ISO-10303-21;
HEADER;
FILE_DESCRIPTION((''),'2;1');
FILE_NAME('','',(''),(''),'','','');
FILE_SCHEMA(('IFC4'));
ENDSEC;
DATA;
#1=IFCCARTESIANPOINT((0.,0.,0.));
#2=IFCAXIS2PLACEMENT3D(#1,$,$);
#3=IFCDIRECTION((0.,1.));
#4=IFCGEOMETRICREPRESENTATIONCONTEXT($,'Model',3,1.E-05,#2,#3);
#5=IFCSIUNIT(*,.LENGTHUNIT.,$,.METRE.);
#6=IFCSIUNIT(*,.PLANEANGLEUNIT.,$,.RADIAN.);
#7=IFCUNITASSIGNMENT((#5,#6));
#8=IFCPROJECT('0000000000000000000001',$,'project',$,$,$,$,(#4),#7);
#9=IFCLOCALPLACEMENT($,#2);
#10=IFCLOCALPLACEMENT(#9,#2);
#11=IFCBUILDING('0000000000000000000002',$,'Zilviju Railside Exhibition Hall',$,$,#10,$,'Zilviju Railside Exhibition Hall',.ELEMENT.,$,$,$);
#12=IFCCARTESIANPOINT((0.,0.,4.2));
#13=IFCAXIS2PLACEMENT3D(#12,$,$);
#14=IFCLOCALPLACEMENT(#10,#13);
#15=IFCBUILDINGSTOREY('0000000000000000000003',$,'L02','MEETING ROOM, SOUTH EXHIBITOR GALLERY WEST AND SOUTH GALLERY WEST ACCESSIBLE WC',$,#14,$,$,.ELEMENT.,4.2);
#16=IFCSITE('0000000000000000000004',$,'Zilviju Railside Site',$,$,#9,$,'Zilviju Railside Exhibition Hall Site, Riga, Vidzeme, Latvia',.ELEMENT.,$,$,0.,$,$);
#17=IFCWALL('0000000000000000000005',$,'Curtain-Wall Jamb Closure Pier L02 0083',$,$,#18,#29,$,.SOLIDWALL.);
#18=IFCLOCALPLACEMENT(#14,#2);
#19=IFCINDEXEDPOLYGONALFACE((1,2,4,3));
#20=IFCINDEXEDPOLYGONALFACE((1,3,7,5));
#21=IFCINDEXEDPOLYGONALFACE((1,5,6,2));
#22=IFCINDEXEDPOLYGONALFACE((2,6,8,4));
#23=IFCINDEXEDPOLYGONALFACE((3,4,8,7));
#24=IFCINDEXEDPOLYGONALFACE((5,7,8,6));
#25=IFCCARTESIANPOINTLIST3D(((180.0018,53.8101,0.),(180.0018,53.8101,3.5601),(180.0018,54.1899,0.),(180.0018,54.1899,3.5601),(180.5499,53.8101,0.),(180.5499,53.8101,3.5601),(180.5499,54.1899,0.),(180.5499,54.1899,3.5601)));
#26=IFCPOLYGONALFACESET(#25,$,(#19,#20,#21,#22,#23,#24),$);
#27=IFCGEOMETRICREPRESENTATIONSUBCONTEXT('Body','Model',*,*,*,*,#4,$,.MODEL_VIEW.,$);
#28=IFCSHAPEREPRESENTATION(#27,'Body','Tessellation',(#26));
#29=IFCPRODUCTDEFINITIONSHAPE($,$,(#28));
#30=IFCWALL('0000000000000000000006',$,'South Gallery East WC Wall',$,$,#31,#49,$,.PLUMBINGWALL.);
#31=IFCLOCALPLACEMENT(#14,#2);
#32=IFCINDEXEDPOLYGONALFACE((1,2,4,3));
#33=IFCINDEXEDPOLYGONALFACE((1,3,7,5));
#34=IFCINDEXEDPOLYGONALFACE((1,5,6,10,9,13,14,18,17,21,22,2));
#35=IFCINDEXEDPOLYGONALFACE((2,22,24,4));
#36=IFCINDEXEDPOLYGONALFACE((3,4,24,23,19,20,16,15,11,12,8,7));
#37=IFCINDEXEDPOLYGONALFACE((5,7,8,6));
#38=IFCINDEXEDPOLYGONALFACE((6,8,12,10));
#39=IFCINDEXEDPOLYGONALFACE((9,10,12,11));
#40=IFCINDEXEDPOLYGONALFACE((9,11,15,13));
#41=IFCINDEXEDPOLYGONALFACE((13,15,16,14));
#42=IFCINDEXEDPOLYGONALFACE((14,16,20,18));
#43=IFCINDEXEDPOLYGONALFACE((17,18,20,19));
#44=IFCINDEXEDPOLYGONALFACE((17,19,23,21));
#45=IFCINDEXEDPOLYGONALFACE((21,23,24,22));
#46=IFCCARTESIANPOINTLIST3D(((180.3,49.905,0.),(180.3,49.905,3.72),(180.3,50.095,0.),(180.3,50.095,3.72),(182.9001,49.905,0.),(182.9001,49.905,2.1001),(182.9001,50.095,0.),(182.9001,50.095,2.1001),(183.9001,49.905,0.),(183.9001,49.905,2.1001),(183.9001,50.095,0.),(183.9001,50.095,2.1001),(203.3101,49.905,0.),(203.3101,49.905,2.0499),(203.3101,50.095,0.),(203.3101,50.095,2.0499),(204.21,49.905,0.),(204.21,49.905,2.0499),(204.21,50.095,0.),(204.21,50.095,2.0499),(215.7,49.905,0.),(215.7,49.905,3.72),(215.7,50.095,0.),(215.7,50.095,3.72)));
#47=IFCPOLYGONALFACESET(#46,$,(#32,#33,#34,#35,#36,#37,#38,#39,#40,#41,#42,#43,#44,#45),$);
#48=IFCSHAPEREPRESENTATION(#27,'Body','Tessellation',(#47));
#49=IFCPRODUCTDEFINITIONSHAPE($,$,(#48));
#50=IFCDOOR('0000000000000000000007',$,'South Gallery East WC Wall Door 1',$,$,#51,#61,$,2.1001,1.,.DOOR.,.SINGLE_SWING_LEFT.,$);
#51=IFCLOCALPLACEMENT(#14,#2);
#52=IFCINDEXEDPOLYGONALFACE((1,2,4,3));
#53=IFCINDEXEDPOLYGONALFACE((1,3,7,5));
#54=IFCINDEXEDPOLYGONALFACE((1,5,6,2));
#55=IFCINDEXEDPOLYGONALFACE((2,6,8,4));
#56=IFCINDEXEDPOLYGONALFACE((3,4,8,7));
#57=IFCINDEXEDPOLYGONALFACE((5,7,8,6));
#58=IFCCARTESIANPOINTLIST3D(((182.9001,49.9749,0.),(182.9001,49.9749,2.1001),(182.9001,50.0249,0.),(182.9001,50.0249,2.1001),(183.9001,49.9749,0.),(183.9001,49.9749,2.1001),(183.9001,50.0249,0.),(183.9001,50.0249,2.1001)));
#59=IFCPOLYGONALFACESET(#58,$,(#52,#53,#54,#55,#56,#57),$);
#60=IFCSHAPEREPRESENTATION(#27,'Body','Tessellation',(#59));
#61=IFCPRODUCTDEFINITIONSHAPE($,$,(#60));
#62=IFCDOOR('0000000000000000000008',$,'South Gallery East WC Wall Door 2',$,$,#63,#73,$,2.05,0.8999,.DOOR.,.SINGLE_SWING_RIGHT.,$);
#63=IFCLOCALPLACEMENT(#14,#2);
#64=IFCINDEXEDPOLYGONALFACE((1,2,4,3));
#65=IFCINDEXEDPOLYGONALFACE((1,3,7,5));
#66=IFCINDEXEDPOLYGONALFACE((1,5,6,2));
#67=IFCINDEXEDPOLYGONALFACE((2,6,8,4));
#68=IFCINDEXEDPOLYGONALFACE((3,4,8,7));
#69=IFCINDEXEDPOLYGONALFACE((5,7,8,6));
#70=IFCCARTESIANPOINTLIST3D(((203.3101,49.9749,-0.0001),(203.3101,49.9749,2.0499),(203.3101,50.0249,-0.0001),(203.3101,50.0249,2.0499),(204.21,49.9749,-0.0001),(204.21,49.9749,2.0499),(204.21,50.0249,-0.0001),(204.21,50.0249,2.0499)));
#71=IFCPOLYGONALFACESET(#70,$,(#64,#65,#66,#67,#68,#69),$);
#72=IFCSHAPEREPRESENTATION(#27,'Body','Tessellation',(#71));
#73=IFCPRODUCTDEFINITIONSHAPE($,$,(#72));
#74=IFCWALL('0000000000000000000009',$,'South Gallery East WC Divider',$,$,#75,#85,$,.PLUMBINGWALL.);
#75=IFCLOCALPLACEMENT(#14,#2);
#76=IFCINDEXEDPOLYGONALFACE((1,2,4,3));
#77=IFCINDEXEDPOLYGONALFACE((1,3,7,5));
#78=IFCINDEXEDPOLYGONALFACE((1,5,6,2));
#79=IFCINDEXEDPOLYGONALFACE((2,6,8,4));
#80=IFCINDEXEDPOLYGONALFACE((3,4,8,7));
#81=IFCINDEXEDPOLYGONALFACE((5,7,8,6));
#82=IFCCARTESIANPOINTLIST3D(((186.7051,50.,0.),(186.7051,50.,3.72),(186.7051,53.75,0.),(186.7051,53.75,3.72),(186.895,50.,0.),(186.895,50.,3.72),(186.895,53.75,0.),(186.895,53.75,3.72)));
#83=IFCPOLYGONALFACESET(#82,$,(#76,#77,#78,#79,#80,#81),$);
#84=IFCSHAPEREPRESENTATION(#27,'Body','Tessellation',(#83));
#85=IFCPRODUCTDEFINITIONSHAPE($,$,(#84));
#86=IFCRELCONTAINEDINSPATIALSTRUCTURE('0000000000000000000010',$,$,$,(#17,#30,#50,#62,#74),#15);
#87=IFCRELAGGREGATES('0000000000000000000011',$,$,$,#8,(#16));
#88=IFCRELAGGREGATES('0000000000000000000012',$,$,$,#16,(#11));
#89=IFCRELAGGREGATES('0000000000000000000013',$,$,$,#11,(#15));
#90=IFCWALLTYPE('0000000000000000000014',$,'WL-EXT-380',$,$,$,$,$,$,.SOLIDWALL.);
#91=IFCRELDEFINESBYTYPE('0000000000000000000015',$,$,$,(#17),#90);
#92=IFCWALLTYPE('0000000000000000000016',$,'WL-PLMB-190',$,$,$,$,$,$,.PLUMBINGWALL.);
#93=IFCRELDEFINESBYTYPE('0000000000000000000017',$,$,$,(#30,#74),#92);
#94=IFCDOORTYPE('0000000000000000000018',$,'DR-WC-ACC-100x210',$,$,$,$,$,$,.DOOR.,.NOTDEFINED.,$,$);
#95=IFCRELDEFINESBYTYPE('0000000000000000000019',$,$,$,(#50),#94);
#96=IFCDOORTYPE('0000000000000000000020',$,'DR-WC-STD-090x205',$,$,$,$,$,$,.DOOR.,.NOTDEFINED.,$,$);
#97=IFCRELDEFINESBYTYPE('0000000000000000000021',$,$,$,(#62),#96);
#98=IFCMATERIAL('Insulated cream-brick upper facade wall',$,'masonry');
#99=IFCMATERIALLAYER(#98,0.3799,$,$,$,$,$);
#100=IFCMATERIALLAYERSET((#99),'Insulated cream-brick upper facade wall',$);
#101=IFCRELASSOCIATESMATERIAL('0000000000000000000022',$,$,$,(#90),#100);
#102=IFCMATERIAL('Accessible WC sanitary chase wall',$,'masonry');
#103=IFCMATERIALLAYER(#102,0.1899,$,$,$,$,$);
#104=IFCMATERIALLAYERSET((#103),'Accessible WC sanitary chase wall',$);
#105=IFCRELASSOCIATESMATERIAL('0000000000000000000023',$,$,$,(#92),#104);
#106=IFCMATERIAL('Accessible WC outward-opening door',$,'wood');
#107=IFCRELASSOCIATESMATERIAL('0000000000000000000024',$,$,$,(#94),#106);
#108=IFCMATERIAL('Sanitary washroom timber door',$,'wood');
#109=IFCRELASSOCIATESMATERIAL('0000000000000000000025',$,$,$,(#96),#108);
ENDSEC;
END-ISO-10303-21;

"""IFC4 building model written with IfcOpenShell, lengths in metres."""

from ifc_helpers import new_model, si_unit, direction, frame, frame_2d, origin, place, context, subcontext, project, spatial, rectangle, extrude, material, layer, layer_set, type_object, element, fill, save


model = new_model("IFC4")

# Units and contexts
model_context = context("Model", 3, precision=1e-05, world=origin(), true_north=direction((0.0, 1.0)))
body_context = subcontext(model_context, "Body", "Model", "MODEL_VIEW")
ifc_project = project(units=[si_unit("LENGTHUNIT", "METRE"), si_unit("PLANEANGLEUNIT", "RADIAN")], contexts=[model_context])

# Site, building, storey
site_placement = place(None, origin())
site = spatial("IfcSite", under=ifc_project, at=site_placement, Name="Zilviju Railside Site", LongName="Zilviju Railside Exhibition Hall Site, Riga, Vidzeme, Latvia", CompositionType="ELEMENT", RefElevation=0.0)
building_placement = place(site_placement, origin())
building = spatial("IfcBuilding", under=site, at=building_placement, Name="Zilviju Railside Exhibition Hall", LongName="Zilviju Railside Exhibition Hall", CompositionType="ELEMENT")
storey_placement = place(building_placement, frame((0.0, 0.0, 4.2)))
storey = spatial("IfcBuildingStorey", under=building, at=storey_placement, Name="L02", Description="MEETING ROOM, SOUTH EXHIBITOR GALLERY WEST AND SOUTH GALLERY WEST ACCESSIBLE WC", CompositionType="ELEMENT", Elevation=4.2)

# Wall
ifc_material_1 = material(Name="Insulated cream-brick upper facade wall", Category="masonry")
ifc_layer_1 = layer(ifc_material_1, 0.3799)
ifc_layer_set_1 = layer_set([ifc_layer_1], Name="Insulated cream-brick upper facade wall")
wall_type_1 = type_object("IfcWallType", Name="WL-EXT-380", PredefinedType="SOLIDWALL", material=ifc_layer_set_1)
wall_1_placement = place(storey_placement, frame((180.002, 54.0, 0.0), z_axis=(0.0, 0.0, 1.0), x_axis=(1.0, 0.0, 0.0)))
element("IfcWall", 1, at=wall_1_placement, inside=storey, type_object=wall_type_1, Name="Curtain-Wall Jamb Closure Pier L02 0083", PredefinedType="SOLIDWALL", context=body_context, shape_type="SweptSolid", body=[
    extrude(rectangle(XDim=0.5481, YDim=0.3799, at=frame_2d((0.2739, 0.0))), origin(), (0.0, 0.0, 1.0), 3.5601),
])

# Wall, openings, doors
ifc_material_2 = material(Name="Accessible WC sanitary chase wall", Category="masonry")
ifc_layer_2 = layer(ifc_material_2, 0.1899)
ifc_layer_set_2 = layer_set([ifc_layer_2], Name="Accessible WC sanitary chase wall")
wall_type_2 = type_object("IfcWallType", Name="WL-PLMB-190", PredefinedType="PLUMBINGWALL", material=ifc_layer_set_2)
wall_2_placement = place(storey_placement, frame((180.3, 50.0, 0.0), z_axis=(0.0, 0.0, 1.0), x_axis=(1.0, 0.0, 0.0)))
wall_2 = element("IfcWall", 2, at=wall_2_placement, inside=storey, type_object=wall_type_2, Name="South Gallery East WC Wall", PredefinedType="PLUMBINGWALL", context=body_context, shape_type="SweptSolid", body=[
    extrude(rectangle(XDim=35.3999, YDim=0.1899, at=frame_2d((17.7, 0.0))), origin(), (0.0, 0.0, 1.0), 3.72),
])
opening_1_placement = place(wall_2_placement, frame((2.6001, 0.0, 0.0)))
opening_1 = element("IfcOpeningElement", 3, at=opening_1_placement, cuts=wall_2, PredefinedType="OPENING", context=body_context, shape_type="SweptSolid", body=[
    extrude(rectangle(XDim=1.0, YDim=2.1001, at=frame_2d((0.5, 1.05))), frame((0.0, 0.105, 0.0), z_axis=(0.0, -1.0, 0.0), x_axis=(1.0, 0.0, 0.0)), (0.0, 0.0, 1.0), 0.21),
])
opening_2_placement = place(wall_2_placement, frame((23.01, 0.0, 0.0)))
opening_2 = element("IfcOpeningElement", 4, at=opening_2_placement, cuts=wall_2, PredefinedType="OPENING", context=body_context, shape_type="SweptSolid", body=[
    extrude(rectangle(XDim=0.8999, YDim=2.05, at=frame_2d((0.45, 1.0249))), frame((0.0, 0.105, 0.0), z_axis=(0.0, -1.0, 0.0), x_axis=(1.0, 0.0, 0.0)), (0.0, 0.0, 1.0), 0.21),
])
ifc_material_3 = material(Name="Accessible WC outward-opening door", Category="wood")
door_type_1 = type_object("IfcDoorType", Name="DR-WC-ACC-100x210", OperationType="NOTDEFINED", PredefinedType="DOOR", material=ifc_material_3)
door_1_placement = place(opening_1_placement, origin())
door_1 = element("IfcDoor", 5, at=door_1_placement, inside=storey, type_object=door_type_1, Name="South Gallery East WC Wall Door 1", OperationType="SINGLE_SWING_LEFT", OverallHeight=2.1001, OverallWidth=1.0, PredefinedType="DOOR", context=body_context, shape_type="SweptSolid", body=[
    extrude(rectangle(XDim=1.0, YDim=2.1001, at=frame_2d((0.5, 1.05))), frame((0.0, 0.0249, 0.0), z_axis=(0.0, -1.0, 0.0), x_axis=(1.0, 0.0, 0.0)), (0.0, 0.0, 1.0), 0.05),
])
fill(opening_1, door_1)
ifc_material_4 = material(Name="Sanitary washroom timber door", Category="wood")
door_type_2 = type_object("IfcDoorType", Name="DR-WC-STD-090x205", OperationType="NOTDEFINED", PredefinedType="DOOR", material=ifc_material_4)
door_2_placement = place(opening_2_placement, origin())
door_2 = element("IfcDoor", 6, at=door_2_placement, inside=storey, type_object=door_type_2, Name="South Gallery East WC Wall Door 2", OperationType="SINGLE_SWING_RIGHT", OverallHeight=2.05, OverallWidth=0.8999, PredefinedType="DOOR", context=body_context, shape_type="SweptSolid", body=[
    extrude(rectangle(XDim=0.8999, YDim=2.05, at=frame_2d((0.45, 1.0249))), frame((0.0, 0.0249, 0.0), z_axis=(0.0, -1.0, 0.0), x_axis=(1.0, 0.0, 0.0)), (0.0, 0.0, 1.0), 0.05),
])
fill(opening_2, door_2)

# Wall
wall_3_placement = place(storey_placement, frame((186.8, 50.0, 0.0), z_axis=(0.0, 0.0, 1.0), x_axis=(0.0, 1.0, 0.0)))
element("IfcWall", 7, at=wall_3_placement, inside=storey, type_object=wall_type_2, Name="South Gallery East WC Divider", PredefinedType="PLUMBINGWALL", context=body_context, shape_type="SweptSolid", body=[
    extrude(rectangle(XDim=3.75, YDim=0.1899, at=frame_2d((1.875, 0.0))), origin(), (0.0, 0.0, 1.0), 3.72),
])

save(model, "model.ifc")
